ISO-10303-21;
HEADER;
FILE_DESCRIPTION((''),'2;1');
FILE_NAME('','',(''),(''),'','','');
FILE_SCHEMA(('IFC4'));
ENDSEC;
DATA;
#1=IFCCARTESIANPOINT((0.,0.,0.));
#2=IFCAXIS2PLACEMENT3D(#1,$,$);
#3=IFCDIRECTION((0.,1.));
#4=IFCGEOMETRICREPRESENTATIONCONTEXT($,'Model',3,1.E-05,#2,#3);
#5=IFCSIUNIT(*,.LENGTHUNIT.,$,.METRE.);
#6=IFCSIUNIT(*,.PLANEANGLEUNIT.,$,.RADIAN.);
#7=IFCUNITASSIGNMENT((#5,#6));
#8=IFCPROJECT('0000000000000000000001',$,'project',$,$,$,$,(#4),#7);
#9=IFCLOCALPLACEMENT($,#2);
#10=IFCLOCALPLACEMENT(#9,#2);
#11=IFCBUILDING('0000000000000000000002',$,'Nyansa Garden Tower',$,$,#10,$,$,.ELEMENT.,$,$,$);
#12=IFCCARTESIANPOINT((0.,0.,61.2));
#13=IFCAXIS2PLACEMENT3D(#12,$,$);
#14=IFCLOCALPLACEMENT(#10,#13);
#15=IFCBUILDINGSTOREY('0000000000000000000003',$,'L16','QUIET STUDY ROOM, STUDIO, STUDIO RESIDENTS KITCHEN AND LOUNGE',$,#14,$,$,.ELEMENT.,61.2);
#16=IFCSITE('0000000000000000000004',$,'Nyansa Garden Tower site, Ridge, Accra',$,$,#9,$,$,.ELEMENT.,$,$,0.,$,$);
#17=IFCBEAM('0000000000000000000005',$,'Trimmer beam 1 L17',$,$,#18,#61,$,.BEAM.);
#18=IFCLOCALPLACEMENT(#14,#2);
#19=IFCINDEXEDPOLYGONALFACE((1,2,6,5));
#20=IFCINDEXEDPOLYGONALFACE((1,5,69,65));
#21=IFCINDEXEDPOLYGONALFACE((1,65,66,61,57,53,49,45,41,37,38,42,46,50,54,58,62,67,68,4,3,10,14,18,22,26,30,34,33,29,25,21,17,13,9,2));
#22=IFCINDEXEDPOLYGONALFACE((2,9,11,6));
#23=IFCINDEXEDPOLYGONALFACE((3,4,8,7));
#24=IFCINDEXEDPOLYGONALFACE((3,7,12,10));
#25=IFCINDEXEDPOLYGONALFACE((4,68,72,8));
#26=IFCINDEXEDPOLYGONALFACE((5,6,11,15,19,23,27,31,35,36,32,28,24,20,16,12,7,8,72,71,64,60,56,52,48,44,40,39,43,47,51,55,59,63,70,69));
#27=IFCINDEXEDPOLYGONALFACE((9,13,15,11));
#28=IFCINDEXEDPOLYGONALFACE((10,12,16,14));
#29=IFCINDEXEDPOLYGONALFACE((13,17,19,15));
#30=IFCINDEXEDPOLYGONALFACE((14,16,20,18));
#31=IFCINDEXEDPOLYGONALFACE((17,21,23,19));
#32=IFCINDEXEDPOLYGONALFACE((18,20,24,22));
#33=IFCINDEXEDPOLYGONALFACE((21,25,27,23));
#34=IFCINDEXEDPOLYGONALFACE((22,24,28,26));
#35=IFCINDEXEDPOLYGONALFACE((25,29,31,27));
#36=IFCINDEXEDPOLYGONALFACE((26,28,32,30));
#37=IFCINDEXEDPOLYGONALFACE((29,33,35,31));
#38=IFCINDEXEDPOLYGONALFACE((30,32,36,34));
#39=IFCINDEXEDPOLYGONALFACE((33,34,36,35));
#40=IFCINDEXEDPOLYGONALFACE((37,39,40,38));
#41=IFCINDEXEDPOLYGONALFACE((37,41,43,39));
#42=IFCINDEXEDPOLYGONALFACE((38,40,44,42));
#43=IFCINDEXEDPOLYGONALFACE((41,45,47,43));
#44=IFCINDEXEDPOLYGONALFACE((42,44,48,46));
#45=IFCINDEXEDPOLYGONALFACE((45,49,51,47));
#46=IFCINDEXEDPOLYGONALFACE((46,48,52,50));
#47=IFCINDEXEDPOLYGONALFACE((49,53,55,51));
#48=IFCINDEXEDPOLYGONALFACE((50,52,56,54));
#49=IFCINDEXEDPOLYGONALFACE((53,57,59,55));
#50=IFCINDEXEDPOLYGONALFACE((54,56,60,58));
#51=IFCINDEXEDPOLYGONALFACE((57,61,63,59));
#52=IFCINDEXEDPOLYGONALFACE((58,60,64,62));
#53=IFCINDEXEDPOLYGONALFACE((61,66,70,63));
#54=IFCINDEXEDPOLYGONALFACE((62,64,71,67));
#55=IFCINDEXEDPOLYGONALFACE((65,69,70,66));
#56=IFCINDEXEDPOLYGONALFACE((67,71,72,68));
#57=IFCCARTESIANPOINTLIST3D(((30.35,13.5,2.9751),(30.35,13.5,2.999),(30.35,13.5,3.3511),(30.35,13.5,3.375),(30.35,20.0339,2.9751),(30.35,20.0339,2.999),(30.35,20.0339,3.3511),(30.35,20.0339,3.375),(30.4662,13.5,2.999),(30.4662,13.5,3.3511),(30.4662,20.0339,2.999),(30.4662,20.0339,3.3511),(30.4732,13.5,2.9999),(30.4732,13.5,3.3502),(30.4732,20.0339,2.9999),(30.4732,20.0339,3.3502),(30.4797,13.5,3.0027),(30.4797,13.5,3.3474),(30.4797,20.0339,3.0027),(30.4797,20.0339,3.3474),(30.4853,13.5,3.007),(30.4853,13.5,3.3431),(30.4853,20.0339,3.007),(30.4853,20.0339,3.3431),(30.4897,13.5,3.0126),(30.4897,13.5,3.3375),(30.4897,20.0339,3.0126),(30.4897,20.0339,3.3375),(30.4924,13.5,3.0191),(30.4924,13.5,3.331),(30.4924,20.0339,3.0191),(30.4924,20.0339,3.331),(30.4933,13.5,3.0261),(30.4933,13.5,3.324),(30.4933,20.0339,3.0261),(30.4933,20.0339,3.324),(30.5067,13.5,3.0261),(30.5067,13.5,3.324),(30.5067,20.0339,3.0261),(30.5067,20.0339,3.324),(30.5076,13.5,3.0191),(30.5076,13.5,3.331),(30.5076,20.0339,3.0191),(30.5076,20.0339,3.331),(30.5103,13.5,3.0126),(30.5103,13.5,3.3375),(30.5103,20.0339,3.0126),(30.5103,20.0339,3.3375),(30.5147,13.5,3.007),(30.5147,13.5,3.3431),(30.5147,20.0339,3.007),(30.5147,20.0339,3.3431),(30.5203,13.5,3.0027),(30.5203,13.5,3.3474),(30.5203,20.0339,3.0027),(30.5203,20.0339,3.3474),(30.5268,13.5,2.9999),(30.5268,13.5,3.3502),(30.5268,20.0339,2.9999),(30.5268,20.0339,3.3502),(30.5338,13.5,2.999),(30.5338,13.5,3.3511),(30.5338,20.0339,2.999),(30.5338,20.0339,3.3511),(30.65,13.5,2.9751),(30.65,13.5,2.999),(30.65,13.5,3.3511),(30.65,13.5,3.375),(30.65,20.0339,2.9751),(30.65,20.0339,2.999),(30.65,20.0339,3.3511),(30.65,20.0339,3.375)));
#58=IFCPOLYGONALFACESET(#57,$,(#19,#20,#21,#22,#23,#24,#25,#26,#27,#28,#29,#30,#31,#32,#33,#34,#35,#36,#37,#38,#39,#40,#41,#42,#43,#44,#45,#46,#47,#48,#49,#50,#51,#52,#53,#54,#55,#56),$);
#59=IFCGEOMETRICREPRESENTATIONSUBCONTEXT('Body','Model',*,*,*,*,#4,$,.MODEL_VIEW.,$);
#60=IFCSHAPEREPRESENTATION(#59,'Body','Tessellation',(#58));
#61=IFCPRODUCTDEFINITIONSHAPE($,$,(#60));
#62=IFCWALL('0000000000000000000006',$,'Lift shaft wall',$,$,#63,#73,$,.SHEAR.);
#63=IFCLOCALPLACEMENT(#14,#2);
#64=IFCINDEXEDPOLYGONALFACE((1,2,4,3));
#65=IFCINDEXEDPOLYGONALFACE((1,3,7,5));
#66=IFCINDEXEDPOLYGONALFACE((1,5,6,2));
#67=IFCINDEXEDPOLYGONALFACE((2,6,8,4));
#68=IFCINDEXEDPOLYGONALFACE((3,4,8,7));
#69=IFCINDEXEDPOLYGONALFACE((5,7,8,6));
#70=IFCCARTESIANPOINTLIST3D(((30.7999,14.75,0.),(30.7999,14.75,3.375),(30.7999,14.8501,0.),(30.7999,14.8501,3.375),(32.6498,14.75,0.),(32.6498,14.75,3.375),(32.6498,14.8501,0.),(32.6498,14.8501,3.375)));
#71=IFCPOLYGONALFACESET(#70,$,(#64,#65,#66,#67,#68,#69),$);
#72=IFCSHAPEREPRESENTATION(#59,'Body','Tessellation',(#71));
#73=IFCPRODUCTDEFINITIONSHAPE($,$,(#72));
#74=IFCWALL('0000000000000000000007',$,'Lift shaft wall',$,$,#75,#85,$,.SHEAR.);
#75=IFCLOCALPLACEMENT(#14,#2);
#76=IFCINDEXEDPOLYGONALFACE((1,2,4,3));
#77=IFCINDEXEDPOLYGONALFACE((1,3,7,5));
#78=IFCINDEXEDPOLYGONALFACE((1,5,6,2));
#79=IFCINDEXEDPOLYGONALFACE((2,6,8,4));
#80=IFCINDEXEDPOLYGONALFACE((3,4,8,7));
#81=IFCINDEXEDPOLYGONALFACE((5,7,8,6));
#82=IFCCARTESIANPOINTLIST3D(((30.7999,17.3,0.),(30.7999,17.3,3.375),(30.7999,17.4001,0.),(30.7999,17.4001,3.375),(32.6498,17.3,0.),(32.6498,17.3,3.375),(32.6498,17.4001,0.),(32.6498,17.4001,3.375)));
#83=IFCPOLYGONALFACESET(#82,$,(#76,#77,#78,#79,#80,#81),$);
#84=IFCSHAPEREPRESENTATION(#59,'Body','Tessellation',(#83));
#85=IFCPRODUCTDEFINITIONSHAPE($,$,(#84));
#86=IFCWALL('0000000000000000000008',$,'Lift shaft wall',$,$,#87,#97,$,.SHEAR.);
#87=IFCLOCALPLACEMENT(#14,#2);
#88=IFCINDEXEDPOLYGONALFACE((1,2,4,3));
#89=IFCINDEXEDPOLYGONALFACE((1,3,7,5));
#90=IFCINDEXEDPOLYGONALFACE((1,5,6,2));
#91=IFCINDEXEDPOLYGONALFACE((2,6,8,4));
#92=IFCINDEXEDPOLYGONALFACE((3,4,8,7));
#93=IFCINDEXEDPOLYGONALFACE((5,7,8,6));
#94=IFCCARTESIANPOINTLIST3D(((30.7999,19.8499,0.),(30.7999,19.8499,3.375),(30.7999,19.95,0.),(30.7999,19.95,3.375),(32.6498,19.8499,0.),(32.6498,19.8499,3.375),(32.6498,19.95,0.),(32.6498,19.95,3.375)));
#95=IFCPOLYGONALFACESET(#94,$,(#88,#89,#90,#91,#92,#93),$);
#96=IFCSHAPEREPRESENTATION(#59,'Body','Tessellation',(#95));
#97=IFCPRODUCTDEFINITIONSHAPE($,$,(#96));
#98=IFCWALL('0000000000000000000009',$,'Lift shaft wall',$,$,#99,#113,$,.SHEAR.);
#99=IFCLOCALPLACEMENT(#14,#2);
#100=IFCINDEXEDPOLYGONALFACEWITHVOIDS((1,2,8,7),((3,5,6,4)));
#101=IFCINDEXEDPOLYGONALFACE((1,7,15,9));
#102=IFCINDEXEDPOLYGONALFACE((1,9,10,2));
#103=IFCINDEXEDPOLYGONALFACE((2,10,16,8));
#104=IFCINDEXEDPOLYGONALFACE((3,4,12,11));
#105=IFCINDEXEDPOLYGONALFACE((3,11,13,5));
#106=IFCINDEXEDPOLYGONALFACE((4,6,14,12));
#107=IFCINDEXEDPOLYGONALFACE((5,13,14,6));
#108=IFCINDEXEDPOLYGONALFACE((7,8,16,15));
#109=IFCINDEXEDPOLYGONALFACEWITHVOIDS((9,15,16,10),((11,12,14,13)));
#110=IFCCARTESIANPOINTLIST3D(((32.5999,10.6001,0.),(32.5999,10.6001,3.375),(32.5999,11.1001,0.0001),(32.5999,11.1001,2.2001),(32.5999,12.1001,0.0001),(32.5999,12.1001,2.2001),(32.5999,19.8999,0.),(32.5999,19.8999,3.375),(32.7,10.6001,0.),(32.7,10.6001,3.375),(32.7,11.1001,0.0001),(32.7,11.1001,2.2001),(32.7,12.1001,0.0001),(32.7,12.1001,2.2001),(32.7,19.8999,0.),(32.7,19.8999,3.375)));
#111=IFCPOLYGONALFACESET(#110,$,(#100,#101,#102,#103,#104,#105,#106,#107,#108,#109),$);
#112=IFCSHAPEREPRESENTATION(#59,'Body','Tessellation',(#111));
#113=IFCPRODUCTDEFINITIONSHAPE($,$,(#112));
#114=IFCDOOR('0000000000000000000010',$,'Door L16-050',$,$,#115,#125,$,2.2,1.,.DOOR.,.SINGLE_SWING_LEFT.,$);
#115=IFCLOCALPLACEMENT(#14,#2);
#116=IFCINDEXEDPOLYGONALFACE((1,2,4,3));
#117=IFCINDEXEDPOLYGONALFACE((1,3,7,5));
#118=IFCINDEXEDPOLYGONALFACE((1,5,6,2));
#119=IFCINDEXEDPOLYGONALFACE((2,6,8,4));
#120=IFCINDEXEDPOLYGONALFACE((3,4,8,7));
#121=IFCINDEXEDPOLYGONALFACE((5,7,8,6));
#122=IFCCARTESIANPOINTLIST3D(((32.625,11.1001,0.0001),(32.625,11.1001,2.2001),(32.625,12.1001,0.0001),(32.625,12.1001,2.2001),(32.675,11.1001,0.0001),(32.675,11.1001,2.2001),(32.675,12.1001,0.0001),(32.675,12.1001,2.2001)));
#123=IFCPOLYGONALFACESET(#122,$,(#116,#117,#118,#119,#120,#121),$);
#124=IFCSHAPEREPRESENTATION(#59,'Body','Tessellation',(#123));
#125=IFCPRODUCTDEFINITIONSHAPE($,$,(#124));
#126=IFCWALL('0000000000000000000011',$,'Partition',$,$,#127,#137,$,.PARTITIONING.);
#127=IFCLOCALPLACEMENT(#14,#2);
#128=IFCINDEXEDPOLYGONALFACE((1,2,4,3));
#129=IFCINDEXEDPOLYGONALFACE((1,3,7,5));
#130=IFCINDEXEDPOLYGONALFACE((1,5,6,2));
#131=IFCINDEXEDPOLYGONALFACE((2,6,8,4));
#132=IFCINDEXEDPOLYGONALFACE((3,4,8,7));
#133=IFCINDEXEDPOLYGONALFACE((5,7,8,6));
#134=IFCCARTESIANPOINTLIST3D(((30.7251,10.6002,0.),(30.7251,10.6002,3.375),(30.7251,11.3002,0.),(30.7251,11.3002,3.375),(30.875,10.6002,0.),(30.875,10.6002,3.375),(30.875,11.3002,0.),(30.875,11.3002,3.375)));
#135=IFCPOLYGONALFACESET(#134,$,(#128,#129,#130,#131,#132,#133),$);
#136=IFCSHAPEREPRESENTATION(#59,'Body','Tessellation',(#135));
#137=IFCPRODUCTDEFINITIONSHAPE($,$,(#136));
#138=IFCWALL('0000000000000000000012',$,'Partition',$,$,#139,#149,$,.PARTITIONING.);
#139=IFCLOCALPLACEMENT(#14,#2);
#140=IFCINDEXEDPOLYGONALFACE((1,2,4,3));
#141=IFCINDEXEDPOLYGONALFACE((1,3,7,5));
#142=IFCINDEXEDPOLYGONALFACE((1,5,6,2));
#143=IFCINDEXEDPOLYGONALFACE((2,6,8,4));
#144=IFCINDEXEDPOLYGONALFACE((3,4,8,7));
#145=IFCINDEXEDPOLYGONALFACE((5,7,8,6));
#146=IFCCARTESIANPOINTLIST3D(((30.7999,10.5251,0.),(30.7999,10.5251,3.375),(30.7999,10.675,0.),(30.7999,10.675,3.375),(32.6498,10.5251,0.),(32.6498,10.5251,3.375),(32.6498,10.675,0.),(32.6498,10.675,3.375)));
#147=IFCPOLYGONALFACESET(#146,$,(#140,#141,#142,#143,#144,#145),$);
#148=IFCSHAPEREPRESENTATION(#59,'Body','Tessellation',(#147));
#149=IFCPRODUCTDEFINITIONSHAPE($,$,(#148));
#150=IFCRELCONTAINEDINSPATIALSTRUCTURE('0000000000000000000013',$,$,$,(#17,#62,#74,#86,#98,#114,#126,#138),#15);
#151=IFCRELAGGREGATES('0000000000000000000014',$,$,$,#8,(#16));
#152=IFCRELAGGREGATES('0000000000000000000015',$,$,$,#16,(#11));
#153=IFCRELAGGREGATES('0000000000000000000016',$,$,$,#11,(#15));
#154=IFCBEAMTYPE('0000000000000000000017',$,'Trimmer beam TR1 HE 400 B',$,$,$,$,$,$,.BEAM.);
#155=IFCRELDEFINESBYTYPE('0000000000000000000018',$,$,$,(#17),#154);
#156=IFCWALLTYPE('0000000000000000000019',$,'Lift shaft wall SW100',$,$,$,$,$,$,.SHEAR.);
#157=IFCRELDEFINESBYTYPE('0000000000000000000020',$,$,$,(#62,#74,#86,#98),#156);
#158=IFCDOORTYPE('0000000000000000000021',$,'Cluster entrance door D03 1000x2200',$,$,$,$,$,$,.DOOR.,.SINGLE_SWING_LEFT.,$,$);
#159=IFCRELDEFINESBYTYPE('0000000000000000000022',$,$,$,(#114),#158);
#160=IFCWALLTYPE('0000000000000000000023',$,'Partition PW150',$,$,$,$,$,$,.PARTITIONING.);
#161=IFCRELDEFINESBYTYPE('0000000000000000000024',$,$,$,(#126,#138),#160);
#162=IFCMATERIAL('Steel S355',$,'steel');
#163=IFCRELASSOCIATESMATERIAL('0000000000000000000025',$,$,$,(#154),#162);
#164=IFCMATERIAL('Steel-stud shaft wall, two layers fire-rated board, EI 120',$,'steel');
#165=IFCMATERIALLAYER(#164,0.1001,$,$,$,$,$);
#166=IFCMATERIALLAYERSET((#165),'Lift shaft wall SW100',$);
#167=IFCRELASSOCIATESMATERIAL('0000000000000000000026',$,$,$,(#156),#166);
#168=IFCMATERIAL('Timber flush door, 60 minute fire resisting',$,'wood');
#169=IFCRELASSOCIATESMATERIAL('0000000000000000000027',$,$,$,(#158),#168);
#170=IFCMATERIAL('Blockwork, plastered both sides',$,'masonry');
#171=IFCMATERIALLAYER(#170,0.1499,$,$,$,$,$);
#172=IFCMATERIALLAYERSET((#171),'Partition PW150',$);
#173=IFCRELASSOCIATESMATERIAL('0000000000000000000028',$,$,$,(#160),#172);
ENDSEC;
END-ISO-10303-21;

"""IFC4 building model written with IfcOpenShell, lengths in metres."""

from ifc_helpers import new_model, si_unit, direction, frame, frame_2d, origin, origin_2d, place, context, subcontext, project, spatial, rectangle, i_section, extrude, material, layer, layer_set, material_profile, profile_set, type_object, element, fill, save


model = new_model("IFC4")

# Units and contexts
model_context = context("Model", 3, precision=1e-05, world=origin(), true_north=direction((0.0, 1.0)))
body_context = subcontext(model_context, "Body", "Model", "MODEL_VIEW")
ifc_project = project(units=[si_unit("LENGTHUNIT", "METRE"), si_unit("PLANEANGLEUNIT", "RADIAN")], contexts=[model_context])

# Site, building, storey
site_placement = place(None, origin())
site = spatial("IfcSite", under=ifc_project, at=site_placement, Name="Nyansa Garden Tower site, Ridge, Accra", CompositionType="ELEMENT", RefElevation=0.0)
building_placement = place(site_placement, origin())
building = spatial("IfcBuilding", under=site, at=building_placement, Name="Nyansa Garden Tower", CompositionType="ELEMENT")
storey_placement = place(building_placement, frame((0.0, 0.0, 61.2)))
storey = spatial("IfcBuildingStorey", under=building, at=storey_placement, Name="L16", Description="QUIET STUDY ROOM, STUDIO, STUDIO RESIDENTS KITCHEN AND LOUNGE", CompositionType="ELEMENT", Elevation=61.2)

# Beam
ifc_material_1 = material(Name="Steel S355", Category="steel")
ifc_material_profile_1 = material_profile(ifc_material_1, i_section(OverallWidth=0.3, OverallDepth=0.3999, WebThickness=0.0134, FlangeThickness=0.0239, FilletRadius=0.0271, at=origin_2d()), Name="HE 400 B")
ifc_profile_set_1 = profile_set([ifc_material_profile_1], Name="Steel S355")
beam_type_1 = type_object("IfcBeamType", Name="Trimmer beam TR1 HE 400 B", PredefinedType="BEAM", material=ifc_profile_set_1)
beam_placement = place(storey_placement, frame((30.5, 13.5, 3.175), z_axis=(0.0, 1.0, 0.0), x_axis=(-1.0, 0.0, 0.0)))
element("IfcBeam", 1, at=beam_placement, inside=storey, type_object=beam_type_1, Name="Trimmer beam 1 L17", PredefinedType="BEAM", context=body_context, shape_type="SweptSolid", body=[
    extrude(i_section(OverallWidth=0.3, OverallDepth=0.3999, WebThickness=0.0134, FlangeThickness=0.0239, FilletRadius=0.0271, at=origin_2d()), origin(), (0.0, 0.0, 1.0), 6.5339),
])

# Walls
ifc_material_2 = material(Name="Steel-stud shaft wall, two layers fire-rated board, EI 120", Category="steel")
ifc_layer_1 = layer(ifc_material_2, 0.1001)
ifc_layer_set_1 = layer_set([ifc_layer_1], Name="Lift shaft wall SW100")
wall_type_1 = type_object("IfcWallType", Name="Lift shaft wall SW100", PredefinedType="SHEAR", material=ifc_layer_set_1)
for number, where, z_axis, x_axis, name in (
    (2, (30.8, 14.8, 0.0), (0.0, 0.0, 1.0), (1.0, 0.0, 0.0), "Lift shaft wall"),
    (3, (30.8, 17.3501, 0.0), (0.0, 0.0, 1.0), (1.0, 0.0, 0.0), "Lift shaft wall"),
    (4, (30.8, 19.8999, 0.0), (0.0, 0.0, 1.0), (1.0, 0.0, 0.0), "Lift shaft wall"),
):
    element("IfcWall", number, at=place(storey_placement, frame(where, z_axis=z_axis, x_axis=x_axis)), inside=storey, type_object=wall_type_1, Name=name, PredefinedType="SHEAR", context=body_context, shape_type="SweptSolid", body=[
        extrude(rectangle(XDim=1.8499, YDim=0.1001, at=frame_2d((0.9248, 0.0))), origin(), (0.0, 0.0, 1.0), 3.375),
    ])

# Wall, opening, door
wall_1_placement = place(storey_placement, frame((32.6499, 10.6001, 0.0), z_axis=(0.0, 0.0, 1.0), x_axis=(0.0, 1.0, 0.0)))
wall_1 = element("IfcWall", 5, at=wall_1_placement, inside=storey, type_object=wall_type_1, Name="Lift shaft wall", PredefinedType="SHEAR", context=body_context, shape_type="SweptSolid", body=[
    extrude(rectangle(XDim=9.2998, YDim=0.1001, at=frame_2d((4.6499, 0.0))), origin(), (0.0, 0.0, 1.0), 3.375),
])
opening_1_placement = place(wall_1_placement, frame((0.5, 0.0, 0.0)))
opening_1 = element("IfcOpeningElement", 6, at=opening_1_placement, cuts=wall_1, PredefinedType="OPENING", context=body_context, shape_type="SweptSolid", body=[
    extrude(rectangle(XDim=1.0, YDim=2.2, at=frame_2d((0.5, 1.1001))), frame((0.0, 0.0601, 0.0), z_axis=(0.0, -1.0, 0.0), x_axis=(1.0, 0.0, 0.0)), (0.0, 0.0, 1.0), 0.1201),
])
ifc_material_3 = material(Name="Timber flush door, 60 minute fire resisting", Category="wood")
door_type_1 = type_object("IfcDoorType", Name="Cluster entrance door D03 1000x2200", OperationType="SINGLE_SWING_LEFT", PredefinedType="DOOR", material=ifc_material_3)
door_1_placement = place(opening_1_placement, origin())
door_1 = element("IfcDoor", 7, at=door_1_placement, inside=storey, type_object=door_type_1, Name="Door L16-050", OperationType="SINGLE_SWING_LEFT", OverallHeight=2.2, OverallWidth=1.0, PredefinedType="DOOR", context=body_context, shape_type="SweptSolid", body=[
    extrude(rectangle(XDim=1.0, YDim=2.2, at=frame_2d((0.5, 1.1001))), frame((0.0, 0.0249, 0.0), z_axis=(0.0, -1.0, 0.0), x_axis=(1.0, 0.0, 0.0)), (0.0, 0.0, 1.0), 0.05),
])
fill(opening_1, door_1)

# Walls
ifc_material_4 = material(Name="Blockwork, plastered both sides", Category="masonry")
ifc_layer_2 = layer(ifc_material_4, 0.1499)
ifc_layer_set_2 = layer_set([ifc_layer_2], Name="Partition PW150")
wall_type_2 = type_object("IfcWallType", Name="Partition PW150", PredefinedType="PARTITIONING", material=ifc_layer_set_2)
wall_2_placement = place(storey_placement, frame((30.8, 10.6001, 0.0), z_axis=(0.0, 0.0, 1.0), x_axis=(0.0, 1.0, 0.0)))
element("IfcWall", 8, at=wall_2_placement, inside=storey, type_object=wall_type_2, Name="Partition", PredefinedType="PARTITIONING", context=body_context, shape_type="SweptSolid", body=[
    extrude(rectangle(XDim=0.7, YDim=0.1499, at=frame_2d((0.3501, 0.0))), origin(), (0.0, 0.0, 1.0), 3.375),
])
wall_3_placement = place(storey_placement, frame((30.8, 10.6001, 0.0), z_axis=(0.0, 0.0, 1.0), x_axis=(1.0, 0.0, 0.0)))
element("IfcWall", 9, at=wall_3_placement, inside=storey, type_object=wall_type_2, Name="Partition", PredefinedType="PARTITIONING", context=body_context, shape_type="SweptSolid", body=[
    extrude(rectangle(XDim=1.8499, YDim=0.1499, at=frame_2d((0.9248, 0.0))), origin(), (0.0, 0.0, 1.0), 3.375),
])

save(model, "model.ifc")
